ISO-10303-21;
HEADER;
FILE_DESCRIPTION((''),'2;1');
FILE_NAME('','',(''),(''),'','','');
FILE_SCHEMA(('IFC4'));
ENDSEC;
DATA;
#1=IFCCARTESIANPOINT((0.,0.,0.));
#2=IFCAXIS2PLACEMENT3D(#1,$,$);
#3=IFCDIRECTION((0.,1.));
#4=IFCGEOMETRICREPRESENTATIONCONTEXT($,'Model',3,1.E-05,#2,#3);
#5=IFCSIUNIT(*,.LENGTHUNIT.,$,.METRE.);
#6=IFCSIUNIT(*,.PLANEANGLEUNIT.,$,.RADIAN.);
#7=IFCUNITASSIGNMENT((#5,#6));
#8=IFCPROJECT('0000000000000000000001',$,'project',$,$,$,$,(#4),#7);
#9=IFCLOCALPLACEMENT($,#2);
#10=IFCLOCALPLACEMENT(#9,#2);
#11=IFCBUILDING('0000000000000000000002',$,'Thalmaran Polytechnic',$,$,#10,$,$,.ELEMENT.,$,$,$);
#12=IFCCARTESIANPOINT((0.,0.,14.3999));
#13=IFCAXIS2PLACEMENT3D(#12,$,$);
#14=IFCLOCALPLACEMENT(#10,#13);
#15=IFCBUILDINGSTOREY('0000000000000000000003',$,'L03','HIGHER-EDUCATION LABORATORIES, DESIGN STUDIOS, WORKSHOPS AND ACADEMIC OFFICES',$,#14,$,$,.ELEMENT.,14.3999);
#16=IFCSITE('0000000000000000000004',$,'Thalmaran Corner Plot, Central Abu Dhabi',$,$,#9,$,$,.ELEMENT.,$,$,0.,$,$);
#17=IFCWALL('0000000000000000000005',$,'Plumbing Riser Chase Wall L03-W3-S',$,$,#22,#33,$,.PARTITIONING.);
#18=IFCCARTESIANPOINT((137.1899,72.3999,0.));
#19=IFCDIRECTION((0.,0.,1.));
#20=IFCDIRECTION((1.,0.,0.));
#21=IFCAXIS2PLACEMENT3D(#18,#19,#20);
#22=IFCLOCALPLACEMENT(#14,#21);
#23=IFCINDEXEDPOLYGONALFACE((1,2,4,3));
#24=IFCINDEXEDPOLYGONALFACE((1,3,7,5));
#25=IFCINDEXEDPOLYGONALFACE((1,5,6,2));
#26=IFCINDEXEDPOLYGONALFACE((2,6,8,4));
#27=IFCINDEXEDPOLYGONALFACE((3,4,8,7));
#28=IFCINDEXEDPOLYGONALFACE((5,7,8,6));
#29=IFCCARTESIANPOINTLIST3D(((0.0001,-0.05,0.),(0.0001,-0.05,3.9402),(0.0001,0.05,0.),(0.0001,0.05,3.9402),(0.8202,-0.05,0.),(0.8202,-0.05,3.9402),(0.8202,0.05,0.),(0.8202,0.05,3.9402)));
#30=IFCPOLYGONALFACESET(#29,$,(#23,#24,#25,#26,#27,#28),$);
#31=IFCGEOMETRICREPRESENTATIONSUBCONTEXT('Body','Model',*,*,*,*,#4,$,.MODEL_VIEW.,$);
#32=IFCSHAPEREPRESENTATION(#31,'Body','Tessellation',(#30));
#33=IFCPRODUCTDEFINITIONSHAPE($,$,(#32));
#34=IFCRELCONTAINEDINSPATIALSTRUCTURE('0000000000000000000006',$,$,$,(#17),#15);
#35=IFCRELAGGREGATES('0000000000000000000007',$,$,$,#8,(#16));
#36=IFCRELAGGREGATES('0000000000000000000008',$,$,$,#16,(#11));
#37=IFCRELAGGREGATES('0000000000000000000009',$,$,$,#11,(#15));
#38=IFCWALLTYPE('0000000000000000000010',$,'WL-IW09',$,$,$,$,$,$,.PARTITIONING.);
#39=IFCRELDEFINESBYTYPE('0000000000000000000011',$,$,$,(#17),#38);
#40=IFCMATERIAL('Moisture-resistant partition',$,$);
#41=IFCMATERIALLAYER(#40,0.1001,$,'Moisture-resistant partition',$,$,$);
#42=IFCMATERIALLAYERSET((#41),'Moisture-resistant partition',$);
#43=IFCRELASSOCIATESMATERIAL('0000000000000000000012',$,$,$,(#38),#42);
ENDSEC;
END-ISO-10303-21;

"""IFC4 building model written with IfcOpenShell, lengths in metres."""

from ifc_helpers import new_model, si_unit, direction, frame, frame_2d, origin, place, context, subcontext, project, spatial, rectangle, extrude, material, layer, layer_set, type_object, element, save


model = new_model("IFC4")

# Units and contexts
model_context = context("Model", 3, precision=1e-05, world=origin(), true_north=direction((0.0, 1.0)))
body_context = subcontext(model_context, "Body", "Model", "MODEL_VIEW")
ifc_project = project(units=[si_unit("LENGTHUNIT", "METRE"), si_unit("PLANEANGLEUNIT", "RADIAN")], contexts=[model_context])

# Site, building, storey
site_placement = place(None, origin())
site = spatial("IfcSite", under=ifc_project, at=site_placement, Name="Thalmaran Corner Plot, Central Abu Dhabi", CompositionType="ELEMENT", RefElevation=0.0)
building_placement = place(site_placement, origin())
building = spatial("IfcBuilding", under=site, at=building_placement, Name="Thalmaran Polytechnic", CompositionType="ELEMENT")
storey_placement = place(building_placement, frame((0.0, 0.0, 14.3999)))
storey = spatial("IfcBuildingStorey", under=building, at=storey_placement, Name="L03", Description="HIGHER-EDUCATION LABORATORIES, DESIGN STUDIOS, WORKSHOPS AND ACADEMIC OFFICES", CompositionType="ELEMENT", Elevation=14.3999)

# Wall
ifc_material_1 = material(Name="Moisture-resistant partition")
ifc_layer_1 = layer(ifc_material_1, 0.1001, Name="Moisture-resistant partition")
ifc_layer_set_1 = layer_set([ifc_layer_1], Name="Moisture-resistant partition")
wall_type_1 = type_object("IfcWallType", Name="WL-IW09", PredefinedType="PARTITIONING", material=ifc_layer_set_1)
wall_1_placement = place(storey_placement, frame((137.1899, 72.3999, 0.0), z_axis=(0.0, 0.0, 1.0), x_axis=(1.0, 0.0, 0.0)))
element("IfcWall", 1, at=wall_1_placement, inside=storey, type_object=wall_type_1, Name="Plumbing Riser Chase Wall L03-W3-S", PredefinedType="PARTITIONING", context=body_context, shape_type="SweptSolid", body=[
    extrude(rectangle(XDim=0.8201, YDim=0.1001, at=frame_2d((0.4102, 0.0))), origin(), (0.0, 0.0, 1.0), 3.9402),
])

save(model, "model.ifc")
